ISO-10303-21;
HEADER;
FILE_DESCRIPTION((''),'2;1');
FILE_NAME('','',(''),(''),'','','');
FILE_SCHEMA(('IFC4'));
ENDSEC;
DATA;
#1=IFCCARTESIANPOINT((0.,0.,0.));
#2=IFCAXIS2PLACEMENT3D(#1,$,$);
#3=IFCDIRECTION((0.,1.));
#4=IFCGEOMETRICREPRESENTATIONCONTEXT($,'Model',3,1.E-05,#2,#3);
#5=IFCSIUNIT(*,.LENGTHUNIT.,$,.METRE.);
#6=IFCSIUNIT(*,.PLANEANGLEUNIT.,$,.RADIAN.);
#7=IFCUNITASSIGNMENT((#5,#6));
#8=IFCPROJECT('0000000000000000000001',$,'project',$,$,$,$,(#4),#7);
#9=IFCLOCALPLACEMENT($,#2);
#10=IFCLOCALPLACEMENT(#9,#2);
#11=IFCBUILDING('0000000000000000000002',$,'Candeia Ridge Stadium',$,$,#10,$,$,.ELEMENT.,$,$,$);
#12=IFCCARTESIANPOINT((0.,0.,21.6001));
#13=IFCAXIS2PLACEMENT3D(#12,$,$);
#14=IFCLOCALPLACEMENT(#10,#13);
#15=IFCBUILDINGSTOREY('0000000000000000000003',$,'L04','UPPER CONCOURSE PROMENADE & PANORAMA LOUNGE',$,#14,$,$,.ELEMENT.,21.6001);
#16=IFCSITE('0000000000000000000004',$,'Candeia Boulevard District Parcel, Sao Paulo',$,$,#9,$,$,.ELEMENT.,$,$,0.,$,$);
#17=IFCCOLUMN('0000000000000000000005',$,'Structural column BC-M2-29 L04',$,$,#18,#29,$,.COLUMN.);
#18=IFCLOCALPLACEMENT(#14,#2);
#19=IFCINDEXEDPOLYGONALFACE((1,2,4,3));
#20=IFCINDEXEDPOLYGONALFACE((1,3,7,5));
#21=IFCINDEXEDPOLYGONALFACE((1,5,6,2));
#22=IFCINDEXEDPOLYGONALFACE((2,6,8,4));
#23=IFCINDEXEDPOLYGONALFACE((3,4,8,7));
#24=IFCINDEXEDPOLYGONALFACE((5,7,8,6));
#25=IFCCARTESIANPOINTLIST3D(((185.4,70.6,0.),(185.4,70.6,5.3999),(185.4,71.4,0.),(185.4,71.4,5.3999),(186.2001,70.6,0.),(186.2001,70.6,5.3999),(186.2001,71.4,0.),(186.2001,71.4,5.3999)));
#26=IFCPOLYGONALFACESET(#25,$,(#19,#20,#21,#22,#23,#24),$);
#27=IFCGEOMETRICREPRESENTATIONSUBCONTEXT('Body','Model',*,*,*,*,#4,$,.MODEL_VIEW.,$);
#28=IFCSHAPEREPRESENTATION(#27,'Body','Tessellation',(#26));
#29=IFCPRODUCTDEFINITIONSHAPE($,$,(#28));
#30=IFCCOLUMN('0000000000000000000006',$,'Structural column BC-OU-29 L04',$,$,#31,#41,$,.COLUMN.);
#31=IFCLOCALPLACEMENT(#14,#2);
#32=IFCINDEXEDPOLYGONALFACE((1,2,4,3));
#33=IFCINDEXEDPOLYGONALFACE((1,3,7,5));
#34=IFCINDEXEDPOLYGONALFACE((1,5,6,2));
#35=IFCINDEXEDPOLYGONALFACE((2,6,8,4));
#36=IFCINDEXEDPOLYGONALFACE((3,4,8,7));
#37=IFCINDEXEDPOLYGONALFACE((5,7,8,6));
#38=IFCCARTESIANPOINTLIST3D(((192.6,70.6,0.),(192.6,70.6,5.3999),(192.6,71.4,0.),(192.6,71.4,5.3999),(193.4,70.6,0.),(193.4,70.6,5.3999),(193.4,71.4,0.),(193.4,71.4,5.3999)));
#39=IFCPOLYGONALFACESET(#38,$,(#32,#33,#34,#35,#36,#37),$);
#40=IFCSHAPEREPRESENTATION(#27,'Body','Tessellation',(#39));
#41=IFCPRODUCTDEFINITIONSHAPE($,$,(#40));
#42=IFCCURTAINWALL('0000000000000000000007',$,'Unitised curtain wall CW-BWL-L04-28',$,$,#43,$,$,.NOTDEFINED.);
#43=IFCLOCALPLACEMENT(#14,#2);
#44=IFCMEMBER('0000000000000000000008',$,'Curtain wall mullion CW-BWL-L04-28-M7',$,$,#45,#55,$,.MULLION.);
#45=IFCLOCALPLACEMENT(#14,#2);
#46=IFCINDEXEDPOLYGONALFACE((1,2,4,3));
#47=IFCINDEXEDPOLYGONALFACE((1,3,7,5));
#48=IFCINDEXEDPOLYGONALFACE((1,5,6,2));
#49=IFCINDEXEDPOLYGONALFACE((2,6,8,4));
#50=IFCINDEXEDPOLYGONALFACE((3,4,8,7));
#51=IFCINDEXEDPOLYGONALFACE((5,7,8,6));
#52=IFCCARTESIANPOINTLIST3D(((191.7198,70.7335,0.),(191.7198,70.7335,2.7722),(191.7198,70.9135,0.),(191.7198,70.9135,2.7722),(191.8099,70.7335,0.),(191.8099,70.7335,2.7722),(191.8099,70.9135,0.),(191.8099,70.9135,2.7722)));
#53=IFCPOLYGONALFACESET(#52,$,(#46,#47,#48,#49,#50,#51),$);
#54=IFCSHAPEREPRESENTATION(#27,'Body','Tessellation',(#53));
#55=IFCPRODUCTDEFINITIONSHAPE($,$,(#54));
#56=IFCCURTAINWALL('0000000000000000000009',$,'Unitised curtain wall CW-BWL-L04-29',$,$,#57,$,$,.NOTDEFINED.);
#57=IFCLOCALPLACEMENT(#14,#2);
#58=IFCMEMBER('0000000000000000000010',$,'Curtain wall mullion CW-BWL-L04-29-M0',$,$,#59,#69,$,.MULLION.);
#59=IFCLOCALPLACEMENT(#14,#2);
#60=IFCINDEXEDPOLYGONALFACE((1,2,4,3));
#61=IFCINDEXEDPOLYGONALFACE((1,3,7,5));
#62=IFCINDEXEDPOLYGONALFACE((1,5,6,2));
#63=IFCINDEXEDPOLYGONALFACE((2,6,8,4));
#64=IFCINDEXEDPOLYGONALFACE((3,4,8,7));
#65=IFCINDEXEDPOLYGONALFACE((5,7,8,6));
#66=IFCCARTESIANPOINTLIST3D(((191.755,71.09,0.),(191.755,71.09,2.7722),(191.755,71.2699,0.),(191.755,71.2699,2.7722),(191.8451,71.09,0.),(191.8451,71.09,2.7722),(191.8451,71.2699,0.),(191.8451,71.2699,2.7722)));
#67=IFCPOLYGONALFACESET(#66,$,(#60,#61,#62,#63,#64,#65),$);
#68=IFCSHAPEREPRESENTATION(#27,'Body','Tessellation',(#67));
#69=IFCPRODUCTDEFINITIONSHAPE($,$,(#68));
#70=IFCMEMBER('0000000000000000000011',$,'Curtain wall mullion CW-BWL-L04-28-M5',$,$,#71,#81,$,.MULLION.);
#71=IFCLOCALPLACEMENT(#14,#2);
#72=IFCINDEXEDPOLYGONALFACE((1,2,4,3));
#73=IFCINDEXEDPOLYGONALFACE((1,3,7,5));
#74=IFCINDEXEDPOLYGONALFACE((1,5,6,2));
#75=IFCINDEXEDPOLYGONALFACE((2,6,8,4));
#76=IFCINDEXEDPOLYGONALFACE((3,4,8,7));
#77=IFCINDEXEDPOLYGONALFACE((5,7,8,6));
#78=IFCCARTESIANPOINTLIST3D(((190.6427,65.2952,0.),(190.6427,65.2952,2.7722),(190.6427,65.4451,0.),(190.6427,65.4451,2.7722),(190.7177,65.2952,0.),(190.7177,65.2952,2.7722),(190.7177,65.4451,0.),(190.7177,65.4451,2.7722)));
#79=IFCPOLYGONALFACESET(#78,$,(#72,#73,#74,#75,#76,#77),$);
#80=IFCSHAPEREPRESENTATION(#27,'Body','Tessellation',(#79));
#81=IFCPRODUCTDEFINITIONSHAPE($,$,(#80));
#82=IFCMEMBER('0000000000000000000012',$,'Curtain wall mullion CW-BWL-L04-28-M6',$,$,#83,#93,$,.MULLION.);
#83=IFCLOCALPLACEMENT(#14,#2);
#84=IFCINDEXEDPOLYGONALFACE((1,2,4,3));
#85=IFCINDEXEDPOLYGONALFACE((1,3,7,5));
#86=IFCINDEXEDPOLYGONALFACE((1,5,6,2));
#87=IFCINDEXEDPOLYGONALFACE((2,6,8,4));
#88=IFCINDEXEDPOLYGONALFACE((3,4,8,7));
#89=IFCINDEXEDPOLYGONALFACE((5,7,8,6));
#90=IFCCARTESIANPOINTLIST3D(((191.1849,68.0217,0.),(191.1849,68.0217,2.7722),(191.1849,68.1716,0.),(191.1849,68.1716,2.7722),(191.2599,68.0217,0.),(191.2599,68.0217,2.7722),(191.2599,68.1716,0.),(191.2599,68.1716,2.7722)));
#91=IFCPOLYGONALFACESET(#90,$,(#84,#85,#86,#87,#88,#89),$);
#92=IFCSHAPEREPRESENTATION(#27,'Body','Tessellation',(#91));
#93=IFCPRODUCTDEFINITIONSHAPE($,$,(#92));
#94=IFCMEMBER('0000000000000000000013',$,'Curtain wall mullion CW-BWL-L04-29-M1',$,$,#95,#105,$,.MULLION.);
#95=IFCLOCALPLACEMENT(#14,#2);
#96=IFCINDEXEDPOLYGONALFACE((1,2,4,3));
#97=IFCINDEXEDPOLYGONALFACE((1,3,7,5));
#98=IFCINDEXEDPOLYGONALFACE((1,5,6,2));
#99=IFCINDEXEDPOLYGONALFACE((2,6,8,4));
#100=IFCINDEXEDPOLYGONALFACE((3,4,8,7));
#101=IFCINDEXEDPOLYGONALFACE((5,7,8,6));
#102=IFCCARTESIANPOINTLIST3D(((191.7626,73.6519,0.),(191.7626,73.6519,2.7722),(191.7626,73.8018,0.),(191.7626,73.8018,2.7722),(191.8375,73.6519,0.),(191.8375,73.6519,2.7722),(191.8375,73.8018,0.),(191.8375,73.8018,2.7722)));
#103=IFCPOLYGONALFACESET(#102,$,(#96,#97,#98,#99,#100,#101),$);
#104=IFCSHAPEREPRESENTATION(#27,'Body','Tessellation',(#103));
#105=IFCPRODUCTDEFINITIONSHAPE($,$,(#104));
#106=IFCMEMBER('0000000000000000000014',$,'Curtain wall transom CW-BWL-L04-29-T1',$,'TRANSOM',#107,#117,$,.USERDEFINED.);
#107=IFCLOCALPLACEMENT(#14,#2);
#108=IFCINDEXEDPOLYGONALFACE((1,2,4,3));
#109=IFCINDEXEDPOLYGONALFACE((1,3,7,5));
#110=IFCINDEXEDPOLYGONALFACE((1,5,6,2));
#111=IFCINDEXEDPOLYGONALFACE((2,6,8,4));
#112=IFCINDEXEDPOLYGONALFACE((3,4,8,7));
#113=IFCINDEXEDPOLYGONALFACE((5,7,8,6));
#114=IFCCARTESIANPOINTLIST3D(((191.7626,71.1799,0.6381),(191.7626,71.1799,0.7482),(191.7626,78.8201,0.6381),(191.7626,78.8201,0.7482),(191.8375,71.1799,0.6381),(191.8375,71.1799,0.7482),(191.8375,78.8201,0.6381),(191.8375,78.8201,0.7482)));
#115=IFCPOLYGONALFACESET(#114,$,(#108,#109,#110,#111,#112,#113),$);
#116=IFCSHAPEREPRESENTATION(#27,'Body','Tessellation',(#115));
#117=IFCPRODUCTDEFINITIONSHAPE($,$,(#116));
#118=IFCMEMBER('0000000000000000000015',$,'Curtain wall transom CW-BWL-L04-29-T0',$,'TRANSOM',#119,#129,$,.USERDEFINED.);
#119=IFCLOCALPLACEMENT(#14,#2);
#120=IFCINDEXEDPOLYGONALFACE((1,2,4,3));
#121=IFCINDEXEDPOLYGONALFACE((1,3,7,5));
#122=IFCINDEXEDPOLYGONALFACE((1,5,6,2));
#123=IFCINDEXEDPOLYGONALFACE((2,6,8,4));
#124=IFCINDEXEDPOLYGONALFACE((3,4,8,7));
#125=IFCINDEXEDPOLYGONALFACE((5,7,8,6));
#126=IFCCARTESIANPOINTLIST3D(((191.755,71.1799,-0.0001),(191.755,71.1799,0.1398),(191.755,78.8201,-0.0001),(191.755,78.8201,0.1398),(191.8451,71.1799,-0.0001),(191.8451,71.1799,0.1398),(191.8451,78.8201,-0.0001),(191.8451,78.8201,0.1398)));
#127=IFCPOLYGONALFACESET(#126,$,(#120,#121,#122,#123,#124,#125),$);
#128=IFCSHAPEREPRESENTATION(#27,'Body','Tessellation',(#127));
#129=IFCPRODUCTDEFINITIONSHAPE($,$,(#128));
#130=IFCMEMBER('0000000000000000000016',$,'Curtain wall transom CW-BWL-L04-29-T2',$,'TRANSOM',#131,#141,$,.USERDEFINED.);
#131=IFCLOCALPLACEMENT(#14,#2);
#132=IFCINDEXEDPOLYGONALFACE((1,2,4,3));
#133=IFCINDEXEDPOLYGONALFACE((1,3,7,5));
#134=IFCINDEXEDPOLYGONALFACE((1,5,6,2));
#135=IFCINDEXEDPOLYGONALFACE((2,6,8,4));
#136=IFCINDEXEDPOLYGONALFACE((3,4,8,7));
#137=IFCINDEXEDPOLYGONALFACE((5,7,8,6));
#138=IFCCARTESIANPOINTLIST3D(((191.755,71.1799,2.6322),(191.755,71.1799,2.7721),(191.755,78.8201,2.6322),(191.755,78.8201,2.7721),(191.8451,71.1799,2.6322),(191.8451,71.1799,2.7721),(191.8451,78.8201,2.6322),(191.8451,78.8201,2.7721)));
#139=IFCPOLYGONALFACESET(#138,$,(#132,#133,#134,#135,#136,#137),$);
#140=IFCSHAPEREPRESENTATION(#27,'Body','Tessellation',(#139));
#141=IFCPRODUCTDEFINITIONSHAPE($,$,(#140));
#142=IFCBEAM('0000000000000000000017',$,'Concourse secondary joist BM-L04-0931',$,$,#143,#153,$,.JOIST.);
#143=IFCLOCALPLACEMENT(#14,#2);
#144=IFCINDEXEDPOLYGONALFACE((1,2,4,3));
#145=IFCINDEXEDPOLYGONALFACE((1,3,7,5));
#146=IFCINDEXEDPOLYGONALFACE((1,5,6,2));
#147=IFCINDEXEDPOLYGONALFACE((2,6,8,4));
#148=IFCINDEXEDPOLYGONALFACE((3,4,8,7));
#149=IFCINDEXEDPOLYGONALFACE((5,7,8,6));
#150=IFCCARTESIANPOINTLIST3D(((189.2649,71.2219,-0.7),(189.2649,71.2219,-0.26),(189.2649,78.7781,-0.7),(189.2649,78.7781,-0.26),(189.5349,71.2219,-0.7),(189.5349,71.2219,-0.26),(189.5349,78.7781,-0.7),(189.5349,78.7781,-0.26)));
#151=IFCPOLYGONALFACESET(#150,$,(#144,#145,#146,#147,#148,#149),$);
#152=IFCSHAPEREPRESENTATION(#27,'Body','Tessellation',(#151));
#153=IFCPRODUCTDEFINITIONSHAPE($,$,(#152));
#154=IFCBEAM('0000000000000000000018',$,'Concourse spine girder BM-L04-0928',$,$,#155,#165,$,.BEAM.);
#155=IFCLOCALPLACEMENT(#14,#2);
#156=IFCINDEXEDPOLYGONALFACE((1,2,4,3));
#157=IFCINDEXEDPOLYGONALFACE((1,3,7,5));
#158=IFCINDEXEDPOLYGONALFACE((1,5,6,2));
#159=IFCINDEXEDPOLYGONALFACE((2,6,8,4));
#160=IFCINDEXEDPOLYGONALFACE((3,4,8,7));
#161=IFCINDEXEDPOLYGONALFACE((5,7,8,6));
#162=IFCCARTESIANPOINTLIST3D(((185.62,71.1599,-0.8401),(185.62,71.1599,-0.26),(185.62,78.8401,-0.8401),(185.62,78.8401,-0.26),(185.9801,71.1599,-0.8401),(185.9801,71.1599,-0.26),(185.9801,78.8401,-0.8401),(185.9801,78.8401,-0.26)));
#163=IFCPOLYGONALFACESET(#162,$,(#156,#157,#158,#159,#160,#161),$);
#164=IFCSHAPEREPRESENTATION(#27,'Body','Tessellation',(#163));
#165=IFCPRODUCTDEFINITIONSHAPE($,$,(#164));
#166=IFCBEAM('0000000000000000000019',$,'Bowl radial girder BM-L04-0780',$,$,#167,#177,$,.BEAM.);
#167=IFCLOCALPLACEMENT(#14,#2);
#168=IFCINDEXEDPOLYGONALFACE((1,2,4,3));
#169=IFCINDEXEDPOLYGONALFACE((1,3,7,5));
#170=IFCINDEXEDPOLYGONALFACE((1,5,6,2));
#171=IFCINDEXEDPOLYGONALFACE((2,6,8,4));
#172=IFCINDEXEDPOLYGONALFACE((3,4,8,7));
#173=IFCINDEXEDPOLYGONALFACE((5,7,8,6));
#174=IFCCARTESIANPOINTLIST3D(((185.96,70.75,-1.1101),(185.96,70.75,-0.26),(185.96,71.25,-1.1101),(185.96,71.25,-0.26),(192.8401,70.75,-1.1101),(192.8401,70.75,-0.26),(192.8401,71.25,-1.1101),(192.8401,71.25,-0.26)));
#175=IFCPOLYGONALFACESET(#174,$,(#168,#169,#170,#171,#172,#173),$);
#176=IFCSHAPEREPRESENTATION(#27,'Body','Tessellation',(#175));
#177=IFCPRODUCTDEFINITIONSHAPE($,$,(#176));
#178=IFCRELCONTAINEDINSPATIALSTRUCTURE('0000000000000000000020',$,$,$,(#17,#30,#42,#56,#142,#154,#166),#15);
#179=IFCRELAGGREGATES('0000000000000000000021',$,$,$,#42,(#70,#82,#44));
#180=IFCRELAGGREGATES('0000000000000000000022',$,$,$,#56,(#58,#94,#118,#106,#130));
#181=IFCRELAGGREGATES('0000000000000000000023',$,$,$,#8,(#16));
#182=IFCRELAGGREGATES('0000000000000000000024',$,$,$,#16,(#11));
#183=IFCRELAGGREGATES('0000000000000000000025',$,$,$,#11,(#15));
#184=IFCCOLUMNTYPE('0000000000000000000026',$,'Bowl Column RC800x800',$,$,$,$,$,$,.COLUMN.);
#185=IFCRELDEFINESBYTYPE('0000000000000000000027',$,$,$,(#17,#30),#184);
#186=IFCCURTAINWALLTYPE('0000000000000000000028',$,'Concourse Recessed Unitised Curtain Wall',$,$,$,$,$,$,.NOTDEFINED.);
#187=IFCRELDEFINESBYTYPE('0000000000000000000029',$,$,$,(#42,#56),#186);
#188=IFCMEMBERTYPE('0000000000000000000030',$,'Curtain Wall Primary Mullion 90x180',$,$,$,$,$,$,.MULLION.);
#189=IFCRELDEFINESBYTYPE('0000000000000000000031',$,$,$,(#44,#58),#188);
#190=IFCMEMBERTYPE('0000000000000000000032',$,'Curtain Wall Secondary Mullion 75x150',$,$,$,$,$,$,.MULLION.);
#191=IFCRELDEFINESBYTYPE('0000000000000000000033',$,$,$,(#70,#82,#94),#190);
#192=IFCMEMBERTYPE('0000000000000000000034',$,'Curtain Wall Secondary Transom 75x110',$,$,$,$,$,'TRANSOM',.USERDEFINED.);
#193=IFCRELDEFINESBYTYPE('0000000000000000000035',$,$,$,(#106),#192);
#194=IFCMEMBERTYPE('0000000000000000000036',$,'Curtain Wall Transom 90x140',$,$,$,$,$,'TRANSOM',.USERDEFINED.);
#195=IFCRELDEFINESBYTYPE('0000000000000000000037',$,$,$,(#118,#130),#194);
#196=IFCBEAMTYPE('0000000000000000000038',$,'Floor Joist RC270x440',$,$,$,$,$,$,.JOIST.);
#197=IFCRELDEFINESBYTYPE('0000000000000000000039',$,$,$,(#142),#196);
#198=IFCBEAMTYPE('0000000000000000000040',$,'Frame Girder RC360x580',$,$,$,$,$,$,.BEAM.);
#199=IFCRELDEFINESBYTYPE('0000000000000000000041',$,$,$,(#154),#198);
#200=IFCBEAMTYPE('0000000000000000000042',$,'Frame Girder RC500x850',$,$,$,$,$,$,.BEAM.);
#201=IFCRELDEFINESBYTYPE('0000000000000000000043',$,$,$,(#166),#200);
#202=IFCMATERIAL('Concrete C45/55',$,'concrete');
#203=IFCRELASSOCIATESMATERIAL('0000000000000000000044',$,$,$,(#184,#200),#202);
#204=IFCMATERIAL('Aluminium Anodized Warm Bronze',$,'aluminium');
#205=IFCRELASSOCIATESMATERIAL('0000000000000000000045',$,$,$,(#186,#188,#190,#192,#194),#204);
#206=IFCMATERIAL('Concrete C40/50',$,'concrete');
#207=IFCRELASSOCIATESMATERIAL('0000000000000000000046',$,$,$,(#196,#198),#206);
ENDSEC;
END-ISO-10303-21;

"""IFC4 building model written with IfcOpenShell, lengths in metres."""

from ifc_helpers import new_model, si_unit, direction, frame, origin, origin_2d, place, context, subcontext, project, spatial, rectangle, extrude, material, material_profile, profile_set, type_object, element, aggregate, save


model = new_model("IFC4")

# Units and contexts
model_context = context("Model", 3, precision=1e-05, world=origin(), true_north=direction((0.0, 1.0)))
body_context = subcontext(model_context, "Body", "Model", "MODEL_VIEW")
ifc_project = project(units=[si_unit("LENGTHUNIT", "METRE"), si_unit("PLANEANGLEUNIT", "RADIAN")], contexts=[model_context])

# Site, building, storey
site_placement = place(None, origin())
site = spatial("IfcSite", under=ifc_project, at=site_placement, Name="Candeia Boulevard District Parcel, Sao Paulo", CompositionType="ELEMENT", RefElevation=0.0)
building_placement = place(site_placement, origin())
building = spatial("IfcBuilding", under=site, at=building_placement, Name="Candeia Ridge Stadium", CompositionType="ELEMENT")
storey_placement = place(building_placement, frame((0.0, 0.0, 21.6001)))
storey = spatial("IfcBuildingStorey", under=building, at=storey_placement, Name="L04", Description="UPPER CONCOURSE PROMENADE & PANORAMA LOUNGE", CompositionType="ELEMENT", Elevation=21.6001)

# Columns
ifc_material_1 = material(Name="Concrete C45/55", Category="concrete")
ifc_material_profile_1 = material_profile(ifc_material_1, rectangle(XDim=0.8, YDim=0.8, at=origin_2d()), Name="RC800x800", Category="concrete")
ifc_profile_set_1 = profile_set([ifc_material_profile_1], Name="Concrete C45/55")
column_type = type_object("IfcColumnType", Name="Bowl Column RC800x800", PredefinedType="COLUMN", material=ifc_profile_set_1)
for number, where, z_axis, x_axis, name in (
    (1, (185.8, 71.0, 0.0), (0.0, 0.0, 1.0), (1.0, 0.0, 0.0), "Structural column BC-M2-29 L04"),
    (2, (193.0, 71.0, 0.0), (0.0, 0.0, 1.0), (1.0, 0.0, 0.0), "Structural column BC-OU-29 L04"),
):
    element("IfcColumn", number, at=place(storey_placement, frame(where, z_axis=z_axis, x_axis=x_axis)), inside=storey, type_object=column_type, Name=name, PredefinedType="COLUMN", context=body_context, shape_type="SweptSolid", body=[
        extrude(rectangle(XDim=0.8, YDim=0.8, at=origin_2d()), origin(), (0.0, 0.0, 1.0), 5.3999),
    ])

# Curtain walls, members
ifc_material_2 = material(Name="Aluminium Anodized Warm Bronze", Category="aluminium")
curtain_wall_type = type_object("IfcCurtainWallType", Name="Concourse Recessed Unitised Curtain Wall", PredefinedType="NOTDEFINED", material=ifc_material_2)
curtain_wall_1_placement = place(storey_placement, origin())
curtain_wall_1 = element("IfcCurtainWall", 3, at=curtain_wall_1_placement, inside=storey, type_object=curtain_wall_type, Name="Unitised curtain wall CW-BWL-L04-28", PredefinedType="NOTDEFINED")
ifc_material_profile_2 = material_profile(ifc_material_2, rectangle(XDim=0.0901, YDim=0.1799, at=origin_2d()), Name="CWM-90x180", Category="aluminium")
ifc_profile_set_2 = profile_set([ifc_material_profile_2], Name="Aluminium Anodized Warm Bronze")
member_type_1 = type_object("IfcMemberType", Name="Curtain Wall Primary Mullion 90x180", PredefinedType="MULLION", material=ifc_profile_set_2)
member_1_placement = place(storey_placement, frame((191.7649, 70.8235, 0.0), z_axis=(0.0, 0.0, 1.0), x_axis=(1.0, 0.0, 0.0)))
member_1 = element("IfcMember", 4, at=member_1_placement, type_object=member_type_1, Name="Curtain wall mullion CW-BWL-L04-28-M7", PredefinedType="MULLION", context=body_context, shape_type="SweptSolid", body=[
    extrude(rectangle(XDim=0.0901, YDim=0.1799, at=origin_2d()), origin(), (0.0, 0.0, 1.0), 2.7722),
])
curtain_wall_2_placement = place(storey_placement, origin())
curtain_wall_2 = element("IfcCurtainWall", 5, at=curtain_wall_2_placement, inside=storey, type_object=curtain_wall_type, Name="Unitised curtain wall CW-BWL-L04-29", PredefinedType="NOTDEFINED")
member_2_placement = place(storey_placement, frame((191.8, 71.1799, 0.0), z_axis=(0.0, 0.0, 1.0), x_axis=(1.0, 0.0, 0.0)))
member_2 = element("IfcMember", 6, at=member_2_placement, type_object=member_type_1, Name="Curtain wall mullion CW-BWL-L04-29-M0", PredefinedType="MULLION", context=body_context, shape_type="SweptSolid", body=[
    extrude(rectangle(XDim=0.0901, YDim=0.1799, at=origin_2d()), origin(), (0.0, 0.0, 1.0), 2.7722),
])

# Members
ifc_material_profile_3 = material_profile(ifc_material_2, rectangle(XDim=0.075, YDim=0.1499, at=origin_2d()), Name="CWM-75x150", Category="aluminium")
ifc_profile_set_3 = profile_set([ifc_material_profile_3], Name="Aluminium Anodized Warm Bronze")
member_type_2 = type_object("IfcMemberType", Name="Curtain Wall Secondary Mullion 75x150", PredefinedType="MULLION", material=ifc_profile_set_3)
member_3_placement = place(storey_placement, frame((190.6802, 65.3701, 0.0), z_axis=(0.0, 0.0, 1.0), x_axis=(1.0, 0.0, 0.0)))
member_3 = element("IfcMember", 7, at=member_3_placement, type_object=member_type_2, Name="Curtain wall mullion CW-BWL-L04-28-M5", PredefinedType="MULLION", context=body_context, shape_type="SweptSolid", body=[
    extrude(rectangle(XDim=0.075, YDim=0.1499, at=origin_2d()), origin(), (0.0, 0.0, 1.0), 2.7722),
])
member_4_placement = place(storey_placement, frame((191.2224, 68.0967, 0.0), z_axis=(0.0, 0.0, 1.0), x_axis=(1.0, 0.0, 0.0)))
member_4 = element("IfcMember", 8, at=member_4_placement, type_object=member_type_2, Name="Curtain wall mullion CW-BWL-L04-28-M6", PredefinedType="MULLION", context=body_context, shape_type="SweptSolid", body=[
    extrude(rectangle(XDim=0.075, YDim=0.1499, at=origin_2d()), origin(), (0.0, 0.0, 1.0), 2.7722),
])
member_5_placement = place(storey_placement, frame((191.8, 73.7268, 0.0), z_axis=(0.0, 0.0, 1.0), x_axis=(1.0, 0.0, 0.0)))
member_5 = element("IfcMember", 9, at=member_5_placement, type_object=member_type_2, Name="Curtain wall mullion CW-BWL-L04-29-M1", PredefinedType="MULLION", context=body_context, shape_type="SweptSolid", body=[
    extrude(rectangle(XDim=0.075, YDim=0.1499, at=origin_2d()), origin(), (0.0, 0.0, 1.0), 2.7722),
])
ifc_material_profile_4 = material_profile(ifc_material_2, rectangle(XDim=0.075, YDim=0.1101, at=origin_2d()), Name="CWT-75x110", Category="aluminium")
ifc_profile_set_4 = profile_set([ifc_material_profile_4], Name="Aluminium Anodized Warm Bronze")
member_type_3 = type_object("IfcMemberType", Name="Curtain Wall Secondary Transom 75x110", ElementType="TRANSOM", PredefinedType="USERDEFINED", material=ifc_profile_set_4)
member_6_placement = place(storey_placement, frame((191.8, 71.1799, 0.6931), z_axis=(0.0, 1.0, 0.0), x_axis=(-1.0, 0.0, 0.0)))
member_6 = element("IfcMember", 10, at=member_6_placement, type_object=member_type_3, Name="Curtain wall transom CW-BWL-L04-29-T1", ObjectType="TRANSOM", PredefinedType="USERDEFINED", context=body_context, shape_type="SweptSolid", body=[
    extrude(rectangle(XDim=0.075, YDim=0.1101, at=origin_2d()), origin(), (0.0, 0.0, 1.0), 7.6401),
])
ifc_material_profile_5 = material_profile(ifc_material_2, rectangle(XDim=0.0901, YDim=0.1399, at=origin_2d()), Name="CWT-90x140", Category="aluminium")
ifc_profile_set_5 = profile_set([ifc_material_profile_5], Name="Aluminium Anodized Warm Bronze")
member_type_4 = type_object("IfcMemberType", Name="Curtain Wall Transom 90x140", ElementType="TRANSOM", PredefinedType="USERDEFINED", material=ifc_profile_set_5)
member_7_placement = place(storey_placement, frame((191.8, 71.1799, 0.0698), z_axis=(0.0, 1.0, 0.0), x_axis=(-1.0, 0.0, 0.0)))
member_7 = element("IfcMember", 11, at=member_7_placement, type_object=member_type_4, Name="Curtain wall transom CW-BWL-L04-29-T0", ObjectType="TRANSOM", PredefinedType="USERDEFINED", context=body_context, shape_type="SweptSolid", body=[
    extrude(rectangle(XDim=0.0901, YDim=0.1399, at=origin_2d()), origin(), (0.0, 0.0, 1.0), 7.6401),
])
member_8_placement = place(storey_placement, frame((191.8, 71.1799, 2.7021), z_axis=(0.0, 1.0, 0.0), x_axis=(-1.0, 0.0, 0.0)))
member_8 = element("IfcMember", 12, at=member_8_placement, type_object=member_type_4, Name="Curtain wall transom CW-BWL-L04-29-T2", ObjectType="TRANSOM", PredefinedType="USERDEFINED", context=body_context, shape_type="SweptSolid", body=[
    extrude(rectangle(XDim=0.0901, YDim=0.1399, at=origin_2d()), origin(), (0.0, 0.0, 1.0), 7.6401),
])

# Beams
ifc_material_3 = material(Name="Concrete C40/50", Category="concrete")
ifc_material_profile_6 = material_profile(ifc_material_3, rectangle(XDim=0.27, YDim=0.4399, at=origin_2d()), Name="RC270x440", Category="concrete")
ifc_profile_set_6 = profile_set([ifc_material_profile_6], Name="Concrete C40/50")
beam_type_1 = type_object("IfcBeamType", Name="Floor Joist RC270x440", PredefinedType="JOIST", material=ifc_profile_set_6)
beam_1_placement = place(storey_placement, frame((189.3999, 71.2219, -0.48), z_axis=(0.0, 1.0, 0.0), x_axis=(-1.0, 0.0, 0.0)))
element("IfcBeam", 13, at=beam_1_placement, inside=storey, type_object=beam_type_1, Name="Concourse secondary joist BM-L04-0931", PredefinedType="JOIST", context=body_context, shape_type="SweptSolid", body=[
    extrude(rectangle(XDim=0.27, YDim=0.4399, at=origin_2d()), origin(), (0.0, 0.0, 1.0), 7.5562),
])
ifc_material_profile_7 = material_profile(ifc_material_3, rectangle(XDim=0.3601, YDim=0.5801, at=origin_2d()), Name="RC360x580", Category="concrete")
ifc_profile_set_7 = profile_set([ifc_material_profile_7], Name="Concrete C40/50")
beam_type_2 = type_object("IfcBeamType", Name="Frame Girder RC360x580", PredefinedType="BEAM", material=ifc_profile_set_7)
beam_2_placement = place(storey_placement, frame((185.8, 71.1599, -0.55), z_axis=(0.0, 1.0, 0.0), x_axis=(-1.0, 0.0, 0.0)))
element("IfcBeam", 14, at=beam_2_placement, inside=storey, type_object=beam_type_2, Name="Concourse spine girder BM-L04-0928", PredefinedType="BEAM", context=body_context, shape_type="SweptSolid", body=[
    extrude(rectangle(XDim=0.3601, YDim=0.5801, at=origin_2d()), origin(), (0.0, 0.0, 1.0), 7.6802),
])
ifc_material_profile_8 = material_profile(ifc_material_1, rectangle(XDim=0.5, YDim=0.8501, at=origin_2d()), Name="RC500x850", Category="concrete")
ifc_profile_set_8 = profile_set([ifc_material_profile_8], Name="Concrete C45/55")
beam_type_3 = type_object("IfcBeamType", Name="Frame Girder RC500x850", PredefinedType="BEAM", material=ifc_profile_set_8)
beam_3_placement = place(storey_placement, frame((185.96, 71.0, -0.6851), z_axis=(1.0, 0.0, 0.0), x_axis=(0.0, 1.0, 0.0)))
element("IfcBeam", 15, at=beam_3_placement, inside=storey, type_object=beam_type_3, Name="Bowl radial girder BM-L04-0780", PredefinedType="BEAM", context=body_context, shape_type="SweptSolid", body=[
    extrude(rectangle(XDim=0.5, YDim=0.8501, at=origin_2d()), origin(), (0.0, 0.0, 1.0), 6.8801),
])

aggregate(curtain_wall_1, [member_3, member_4, member_1])
aggregate(curtain_wall_2, [member_2, member_5, member_7, member_6, member_8])

save(model, "model.ifc")
